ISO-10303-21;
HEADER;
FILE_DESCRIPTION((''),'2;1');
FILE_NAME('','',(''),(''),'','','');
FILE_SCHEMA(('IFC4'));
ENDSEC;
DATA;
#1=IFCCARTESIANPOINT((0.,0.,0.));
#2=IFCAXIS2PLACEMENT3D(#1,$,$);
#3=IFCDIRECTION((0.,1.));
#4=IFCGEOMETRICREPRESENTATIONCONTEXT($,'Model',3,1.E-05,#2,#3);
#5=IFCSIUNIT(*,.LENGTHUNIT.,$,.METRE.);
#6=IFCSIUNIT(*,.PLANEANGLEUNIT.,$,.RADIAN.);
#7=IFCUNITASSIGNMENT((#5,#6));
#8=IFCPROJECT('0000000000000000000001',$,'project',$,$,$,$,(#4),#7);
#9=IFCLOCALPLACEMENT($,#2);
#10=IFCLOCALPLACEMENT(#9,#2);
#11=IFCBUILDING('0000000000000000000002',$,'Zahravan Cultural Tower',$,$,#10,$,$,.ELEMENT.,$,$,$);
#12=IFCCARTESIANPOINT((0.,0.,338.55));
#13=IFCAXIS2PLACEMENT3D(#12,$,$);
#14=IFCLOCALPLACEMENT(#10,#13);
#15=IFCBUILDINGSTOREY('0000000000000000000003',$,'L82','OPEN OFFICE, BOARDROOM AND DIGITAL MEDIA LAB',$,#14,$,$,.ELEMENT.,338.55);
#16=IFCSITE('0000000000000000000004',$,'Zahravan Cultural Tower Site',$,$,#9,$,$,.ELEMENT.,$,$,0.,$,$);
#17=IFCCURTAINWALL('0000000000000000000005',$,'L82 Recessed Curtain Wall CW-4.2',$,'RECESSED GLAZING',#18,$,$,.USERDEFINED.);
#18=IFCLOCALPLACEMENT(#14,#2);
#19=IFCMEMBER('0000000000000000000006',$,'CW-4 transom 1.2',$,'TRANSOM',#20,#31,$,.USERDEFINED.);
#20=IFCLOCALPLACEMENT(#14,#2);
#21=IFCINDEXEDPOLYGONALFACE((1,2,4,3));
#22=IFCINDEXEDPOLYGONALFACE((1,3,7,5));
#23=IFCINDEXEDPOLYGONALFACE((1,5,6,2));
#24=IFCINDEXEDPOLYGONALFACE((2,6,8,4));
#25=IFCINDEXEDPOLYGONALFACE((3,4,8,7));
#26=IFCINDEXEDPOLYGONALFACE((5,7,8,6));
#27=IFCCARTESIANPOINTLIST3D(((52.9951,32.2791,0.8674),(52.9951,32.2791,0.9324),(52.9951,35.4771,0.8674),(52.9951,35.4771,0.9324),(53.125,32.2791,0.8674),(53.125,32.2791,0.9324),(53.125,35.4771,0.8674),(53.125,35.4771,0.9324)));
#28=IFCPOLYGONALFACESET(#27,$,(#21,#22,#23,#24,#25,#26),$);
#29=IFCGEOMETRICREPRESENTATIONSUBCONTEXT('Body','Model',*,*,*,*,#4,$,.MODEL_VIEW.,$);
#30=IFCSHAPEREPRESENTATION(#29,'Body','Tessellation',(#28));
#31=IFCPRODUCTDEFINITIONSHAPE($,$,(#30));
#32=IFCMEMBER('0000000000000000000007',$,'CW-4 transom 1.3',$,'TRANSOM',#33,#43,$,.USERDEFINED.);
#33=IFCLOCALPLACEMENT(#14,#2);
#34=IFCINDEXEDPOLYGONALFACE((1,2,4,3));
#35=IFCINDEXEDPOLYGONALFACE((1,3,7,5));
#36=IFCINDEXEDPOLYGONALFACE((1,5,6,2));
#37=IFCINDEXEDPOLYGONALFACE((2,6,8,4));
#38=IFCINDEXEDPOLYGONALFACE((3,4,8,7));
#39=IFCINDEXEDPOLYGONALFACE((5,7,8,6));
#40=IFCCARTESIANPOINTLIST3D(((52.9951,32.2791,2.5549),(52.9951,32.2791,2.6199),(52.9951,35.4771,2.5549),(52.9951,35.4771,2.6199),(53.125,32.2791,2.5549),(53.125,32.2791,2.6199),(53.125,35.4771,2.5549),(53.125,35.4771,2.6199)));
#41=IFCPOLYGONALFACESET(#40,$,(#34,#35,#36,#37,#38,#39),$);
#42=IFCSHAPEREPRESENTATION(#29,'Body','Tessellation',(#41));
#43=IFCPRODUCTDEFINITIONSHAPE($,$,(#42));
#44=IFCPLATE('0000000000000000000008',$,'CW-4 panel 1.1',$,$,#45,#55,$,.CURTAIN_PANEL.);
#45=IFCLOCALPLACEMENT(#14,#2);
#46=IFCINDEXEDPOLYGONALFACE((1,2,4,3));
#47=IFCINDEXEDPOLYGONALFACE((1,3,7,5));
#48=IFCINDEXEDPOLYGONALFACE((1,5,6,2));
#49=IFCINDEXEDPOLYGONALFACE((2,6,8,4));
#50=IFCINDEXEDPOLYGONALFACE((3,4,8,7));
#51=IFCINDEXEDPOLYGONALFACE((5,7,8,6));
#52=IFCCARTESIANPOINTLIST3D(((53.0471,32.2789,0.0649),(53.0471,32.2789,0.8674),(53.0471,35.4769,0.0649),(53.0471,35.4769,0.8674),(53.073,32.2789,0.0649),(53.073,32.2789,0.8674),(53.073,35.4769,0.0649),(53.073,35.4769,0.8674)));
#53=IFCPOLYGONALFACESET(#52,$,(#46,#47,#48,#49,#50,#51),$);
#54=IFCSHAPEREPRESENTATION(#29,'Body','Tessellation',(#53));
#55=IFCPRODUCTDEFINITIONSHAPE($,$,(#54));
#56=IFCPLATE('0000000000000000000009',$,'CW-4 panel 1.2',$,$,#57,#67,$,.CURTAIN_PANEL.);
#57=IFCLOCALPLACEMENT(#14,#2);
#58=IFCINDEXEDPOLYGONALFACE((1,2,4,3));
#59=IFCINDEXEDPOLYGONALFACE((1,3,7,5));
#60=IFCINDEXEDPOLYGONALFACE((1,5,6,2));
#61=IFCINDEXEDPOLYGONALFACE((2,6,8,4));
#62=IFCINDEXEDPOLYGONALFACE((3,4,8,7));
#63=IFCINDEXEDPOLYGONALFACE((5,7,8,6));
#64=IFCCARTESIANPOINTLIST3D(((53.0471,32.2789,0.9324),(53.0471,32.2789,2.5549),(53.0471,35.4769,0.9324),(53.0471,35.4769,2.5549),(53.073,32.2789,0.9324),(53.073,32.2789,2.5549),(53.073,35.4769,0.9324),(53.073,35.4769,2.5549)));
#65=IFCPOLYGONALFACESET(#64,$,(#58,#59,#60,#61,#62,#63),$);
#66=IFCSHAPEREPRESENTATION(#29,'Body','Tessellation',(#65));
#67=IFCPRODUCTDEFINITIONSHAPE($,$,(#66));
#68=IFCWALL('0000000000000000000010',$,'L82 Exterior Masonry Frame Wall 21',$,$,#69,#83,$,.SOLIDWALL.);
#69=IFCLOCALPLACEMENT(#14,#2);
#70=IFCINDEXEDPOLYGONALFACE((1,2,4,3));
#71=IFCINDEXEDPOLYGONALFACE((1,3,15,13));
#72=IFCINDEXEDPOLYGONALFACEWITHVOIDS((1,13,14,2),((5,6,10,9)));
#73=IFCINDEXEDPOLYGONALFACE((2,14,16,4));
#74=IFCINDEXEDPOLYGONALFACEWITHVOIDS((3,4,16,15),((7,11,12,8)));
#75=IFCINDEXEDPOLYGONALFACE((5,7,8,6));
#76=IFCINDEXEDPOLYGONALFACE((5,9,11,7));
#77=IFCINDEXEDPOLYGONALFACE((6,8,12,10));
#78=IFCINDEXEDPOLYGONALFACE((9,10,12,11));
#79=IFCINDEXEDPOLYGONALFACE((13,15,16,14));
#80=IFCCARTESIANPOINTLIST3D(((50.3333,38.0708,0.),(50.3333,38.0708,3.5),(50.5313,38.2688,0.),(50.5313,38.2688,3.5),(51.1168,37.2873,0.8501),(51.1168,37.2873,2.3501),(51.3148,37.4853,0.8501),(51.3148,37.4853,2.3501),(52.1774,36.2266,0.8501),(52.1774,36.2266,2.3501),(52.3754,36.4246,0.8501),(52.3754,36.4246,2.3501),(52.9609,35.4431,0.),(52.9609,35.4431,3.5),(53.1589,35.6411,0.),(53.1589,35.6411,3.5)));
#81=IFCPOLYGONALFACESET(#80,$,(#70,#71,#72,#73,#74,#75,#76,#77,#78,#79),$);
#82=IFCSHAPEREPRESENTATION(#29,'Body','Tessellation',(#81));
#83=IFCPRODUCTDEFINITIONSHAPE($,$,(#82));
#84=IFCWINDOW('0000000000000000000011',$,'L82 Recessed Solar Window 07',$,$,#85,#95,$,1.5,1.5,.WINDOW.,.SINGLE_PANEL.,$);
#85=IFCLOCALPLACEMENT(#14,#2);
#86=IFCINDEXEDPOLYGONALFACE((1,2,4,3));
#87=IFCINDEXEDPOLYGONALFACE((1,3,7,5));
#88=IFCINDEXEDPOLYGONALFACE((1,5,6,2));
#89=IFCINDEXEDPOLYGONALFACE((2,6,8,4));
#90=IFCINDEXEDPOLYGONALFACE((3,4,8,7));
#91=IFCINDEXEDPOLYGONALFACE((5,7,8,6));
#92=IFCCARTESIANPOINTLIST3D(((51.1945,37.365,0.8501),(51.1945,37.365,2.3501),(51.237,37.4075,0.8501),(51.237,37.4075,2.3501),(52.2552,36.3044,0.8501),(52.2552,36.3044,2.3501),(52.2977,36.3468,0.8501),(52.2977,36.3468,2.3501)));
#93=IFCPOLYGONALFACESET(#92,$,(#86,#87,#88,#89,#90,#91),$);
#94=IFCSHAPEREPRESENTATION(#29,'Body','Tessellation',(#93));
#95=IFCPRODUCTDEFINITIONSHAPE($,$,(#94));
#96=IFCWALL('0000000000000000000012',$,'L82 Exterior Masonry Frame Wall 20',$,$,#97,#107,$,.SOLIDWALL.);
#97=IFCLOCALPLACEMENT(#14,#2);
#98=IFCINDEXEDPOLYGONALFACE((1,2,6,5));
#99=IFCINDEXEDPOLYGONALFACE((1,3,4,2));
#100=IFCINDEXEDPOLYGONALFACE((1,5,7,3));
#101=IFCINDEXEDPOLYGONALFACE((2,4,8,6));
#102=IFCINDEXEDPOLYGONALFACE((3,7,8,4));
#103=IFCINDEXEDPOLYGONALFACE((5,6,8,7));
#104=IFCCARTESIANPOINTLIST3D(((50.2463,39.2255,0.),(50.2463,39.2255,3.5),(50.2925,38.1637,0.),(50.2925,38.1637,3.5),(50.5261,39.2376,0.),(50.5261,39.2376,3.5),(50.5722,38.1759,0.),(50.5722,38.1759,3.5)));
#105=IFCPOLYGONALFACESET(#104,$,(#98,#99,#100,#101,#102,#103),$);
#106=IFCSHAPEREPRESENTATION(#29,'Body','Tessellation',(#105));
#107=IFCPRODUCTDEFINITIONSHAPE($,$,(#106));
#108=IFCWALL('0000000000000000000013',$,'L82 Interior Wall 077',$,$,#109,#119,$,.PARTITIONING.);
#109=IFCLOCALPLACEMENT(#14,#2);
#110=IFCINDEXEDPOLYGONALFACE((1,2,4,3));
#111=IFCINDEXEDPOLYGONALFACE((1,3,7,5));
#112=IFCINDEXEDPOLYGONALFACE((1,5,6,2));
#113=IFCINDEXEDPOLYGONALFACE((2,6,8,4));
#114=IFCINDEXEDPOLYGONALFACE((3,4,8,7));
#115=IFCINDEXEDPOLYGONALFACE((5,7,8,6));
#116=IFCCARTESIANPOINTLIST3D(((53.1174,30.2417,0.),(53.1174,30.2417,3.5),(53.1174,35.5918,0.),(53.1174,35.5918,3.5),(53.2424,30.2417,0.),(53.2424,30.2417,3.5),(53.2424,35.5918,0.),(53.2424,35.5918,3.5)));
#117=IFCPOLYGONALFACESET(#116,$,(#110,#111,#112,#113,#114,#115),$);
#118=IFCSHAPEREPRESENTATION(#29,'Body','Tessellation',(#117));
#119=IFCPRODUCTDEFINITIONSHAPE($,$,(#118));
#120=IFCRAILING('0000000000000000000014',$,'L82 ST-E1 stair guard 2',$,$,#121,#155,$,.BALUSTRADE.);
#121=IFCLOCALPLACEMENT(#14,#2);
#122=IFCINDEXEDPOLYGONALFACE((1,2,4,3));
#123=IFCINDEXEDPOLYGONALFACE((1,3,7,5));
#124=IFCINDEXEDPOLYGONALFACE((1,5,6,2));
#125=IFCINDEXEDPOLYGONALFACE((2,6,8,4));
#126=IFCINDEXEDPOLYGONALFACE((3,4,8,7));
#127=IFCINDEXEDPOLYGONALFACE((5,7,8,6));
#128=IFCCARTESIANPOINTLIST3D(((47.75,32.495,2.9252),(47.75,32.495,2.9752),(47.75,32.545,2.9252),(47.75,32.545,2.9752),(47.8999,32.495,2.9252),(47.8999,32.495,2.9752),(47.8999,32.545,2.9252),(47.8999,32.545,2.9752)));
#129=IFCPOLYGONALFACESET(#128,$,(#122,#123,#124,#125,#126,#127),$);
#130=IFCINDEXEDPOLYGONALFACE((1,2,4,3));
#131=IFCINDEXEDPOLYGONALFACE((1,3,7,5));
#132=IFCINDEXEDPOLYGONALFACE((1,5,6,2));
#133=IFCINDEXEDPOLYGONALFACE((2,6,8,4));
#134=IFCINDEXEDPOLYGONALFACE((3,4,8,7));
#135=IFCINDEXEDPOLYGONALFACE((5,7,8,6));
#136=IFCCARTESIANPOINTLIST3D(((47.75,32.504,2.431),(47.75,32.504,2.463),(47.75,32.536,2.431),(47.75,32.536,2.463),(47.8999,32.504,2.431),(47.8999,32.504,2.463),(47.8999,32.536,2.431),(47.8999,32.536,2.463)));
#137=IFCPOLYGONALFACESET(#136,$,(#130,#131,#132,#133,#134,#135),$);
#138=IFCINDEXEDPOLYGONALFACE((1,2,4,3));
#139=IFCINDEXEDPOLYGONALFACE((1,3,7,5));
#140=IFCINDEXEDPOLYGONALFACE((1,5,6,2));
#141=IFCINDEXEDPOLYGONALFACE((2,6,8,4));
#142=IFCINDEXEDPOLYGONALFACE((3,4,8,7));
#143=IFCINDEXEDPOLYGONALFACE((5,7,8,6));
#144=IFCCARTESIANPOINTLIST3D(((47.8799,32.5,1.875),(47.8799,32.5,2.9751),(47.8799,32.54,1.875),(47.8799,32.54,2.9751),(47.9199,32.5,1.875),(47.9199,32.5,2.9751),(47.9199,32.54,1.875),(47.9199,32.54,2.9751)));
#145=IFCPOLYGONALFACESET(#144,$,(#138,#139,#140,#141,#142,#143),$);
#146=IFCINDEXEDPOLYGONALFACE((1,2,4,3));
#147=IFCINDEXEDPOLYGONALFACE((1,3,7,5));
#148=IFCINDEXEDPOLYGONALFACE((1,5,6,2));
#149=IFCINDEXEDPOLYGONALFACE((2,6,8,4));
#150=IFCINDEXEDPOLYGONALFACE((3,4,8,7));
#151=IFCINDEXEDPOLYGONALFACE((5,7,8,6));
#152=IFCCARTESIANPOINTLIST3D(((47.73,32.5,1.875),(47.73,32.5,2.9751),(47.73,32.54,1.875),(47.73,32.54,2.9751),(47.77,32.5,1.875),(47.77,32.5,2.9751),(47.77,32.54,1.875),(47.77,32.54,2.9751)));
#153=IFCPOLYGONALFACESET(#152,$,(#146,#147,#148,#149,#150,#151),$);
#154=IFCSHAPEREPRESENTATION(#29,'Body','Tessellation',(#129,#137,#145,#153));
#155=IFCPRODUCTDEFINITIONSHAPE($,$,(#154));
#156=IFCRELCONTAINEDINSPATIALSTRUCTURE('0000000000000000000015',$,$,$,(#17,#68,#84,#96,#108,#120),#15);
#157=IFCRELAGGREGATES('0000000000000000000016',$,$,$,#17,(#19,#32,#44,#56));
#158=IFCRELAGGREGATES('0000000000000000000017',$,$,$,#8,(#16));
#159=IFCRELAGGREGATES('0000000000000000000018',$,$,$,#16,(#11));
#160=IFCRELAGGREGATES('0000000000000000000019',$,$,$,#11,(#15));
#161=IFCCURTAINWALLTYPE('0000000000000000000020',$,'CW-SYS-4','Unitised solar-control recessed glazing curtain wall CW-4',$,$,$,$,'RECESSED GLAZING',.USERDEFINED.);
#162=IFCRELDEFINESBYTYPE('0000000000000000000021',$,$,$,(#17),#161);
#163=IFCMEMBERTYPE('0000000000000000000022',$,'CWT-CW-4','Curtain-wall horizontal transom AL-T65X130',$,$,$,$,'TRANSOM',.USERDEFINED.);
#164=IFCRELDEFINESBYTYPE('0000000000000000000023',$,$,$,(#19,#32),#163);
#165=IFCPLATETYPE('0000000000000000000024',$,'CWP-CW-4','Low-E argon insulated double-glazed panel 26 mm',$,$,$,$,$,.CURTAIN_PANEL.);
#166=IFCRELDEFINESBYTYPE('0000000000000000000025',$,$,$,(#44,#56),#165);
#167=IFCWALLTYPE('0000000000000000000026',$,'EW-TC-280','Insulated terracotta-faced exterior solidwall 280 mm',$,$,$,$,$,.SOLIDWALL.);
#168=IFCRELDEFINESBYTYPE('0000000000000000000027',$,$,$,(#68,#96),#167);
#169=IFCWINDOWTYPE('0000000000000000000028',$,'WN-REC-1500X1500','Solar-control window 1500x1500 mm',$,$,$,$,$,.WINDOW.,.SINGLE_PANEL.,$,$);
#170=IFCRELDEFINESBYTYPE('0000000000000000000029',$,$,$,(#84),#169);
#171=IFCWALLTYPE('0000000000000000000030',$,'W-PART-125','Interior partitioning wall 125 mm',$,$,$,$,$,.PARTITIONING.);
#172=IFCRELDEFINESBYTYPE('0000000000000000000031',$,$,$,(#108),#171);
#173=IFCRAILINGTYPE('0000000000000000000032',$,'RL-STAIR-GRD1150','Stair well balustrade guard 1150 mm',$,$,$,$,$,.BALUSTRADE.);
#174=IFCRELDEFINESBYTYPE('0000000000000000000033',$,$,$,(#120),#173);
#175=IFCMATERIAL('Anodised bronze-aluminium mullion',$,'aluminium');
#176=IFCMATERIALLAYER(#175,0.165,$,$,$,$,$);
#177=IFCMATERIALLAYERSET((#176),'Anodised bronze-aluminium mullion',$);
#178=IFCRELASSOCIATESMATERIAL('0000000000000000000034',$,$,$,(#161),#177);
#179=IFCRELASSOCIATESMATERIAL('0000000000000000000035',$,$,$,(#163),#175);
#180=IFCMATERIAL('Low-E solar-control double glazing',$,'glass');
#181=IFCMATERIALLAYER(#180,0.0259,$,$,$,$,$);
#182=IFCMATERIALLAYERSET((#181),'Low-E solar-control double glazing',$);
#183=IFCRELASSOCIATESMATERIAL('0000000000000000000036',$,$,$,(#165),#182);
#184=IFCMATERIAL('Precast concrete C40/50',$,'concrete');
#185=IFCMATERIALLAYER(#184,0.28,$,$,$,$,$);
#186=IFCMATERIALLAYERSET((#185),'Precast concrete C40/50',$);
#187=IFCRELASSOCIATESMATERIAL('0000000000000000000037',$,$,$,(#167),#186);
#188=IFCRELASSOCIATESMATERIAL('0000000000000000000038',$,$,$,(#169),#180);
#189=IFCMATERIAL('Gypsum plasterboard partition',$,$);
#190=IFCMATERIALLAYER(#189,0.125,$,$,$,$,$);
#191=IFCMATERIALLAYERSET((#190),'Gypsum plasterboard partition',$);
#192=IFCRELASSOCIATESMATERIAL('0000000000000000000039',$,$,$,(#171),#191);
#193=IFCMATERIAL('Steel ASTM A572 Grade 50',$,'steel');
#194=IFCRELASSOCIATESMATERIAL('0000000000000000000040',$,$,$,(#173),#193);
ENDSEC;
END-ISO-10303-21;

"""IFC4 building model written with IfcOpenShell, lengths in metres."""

from ifc_helpers import new_model, si_unit, direction, frame, frame_2d, origin, origin_2d, place, context, subcontext, project, spatial, rectangle, extrude, source, transform, mapped, material, layer, layer_set, material_profile, profile_set, type_object, element, fill, aggregate, save


model = new_model("IFC4")

# Units and contexts
model_context = context("Model", 3, precision=1e-05, world=origin(), true_north=direction((0.0, 1.0)))
body_context = subcontext(model_context, "Body", "Model", "MODEL_VIEW")
ifc_project = project(units=[si_unit("LENGTHUNIT", "METRE"), si_unit("PLANEANGLEUNIT", "RADIAN")], contexts=[model_context])

# Site, building, storey
site_placement = place(None, origin())
site = spatial("IfcSite", under=ifc_project, at=site_placement, Name="Zahravan Cultural Tower Site", CompositionType="ELEMENT", RefElevation=0.0)
building_placement = place(site_placement, origin())
building = spatial("IfcBuilding", under=site, at=building_placement, Name="Zahravan Cultural Tower", CompositionType="ELEMENT")
storey_placement = place(building_placement, frame((0.0, 0.0, 338.55)))
storey = spatial("IfcBuildingStorey", under=building, at=storey_placement, Name="L82", Description="OPEN OFFICE, BOARDROOM AND DIGITAL MEDIA LAB", CompositionType="ELEMENT", Elevation=338.55)

# Curtain wall, members, plates
ifc_material_1 = material(Name="Anodised bronze-aluminium mullion", Category="aluminium")
ifc_layer_1 = layer(ifc_material_1, 0.165)
ifc_layer_set_1 = layer_set([ifc_layer_1], Name="Anodised bronze-aluminium mullion")
curtain_wall_type = type_object("IfcCurtainWallType", Name="CW-SYS-4", Description="Unitised solar-control recessed glazing curtain wall CW-4", ElementType="RECESSED GLAZING", PredefinedType="USERDEFINED", material=ifc_layer_set_1)
curtain_wall_placement = place(storey_placement, origin())
curtain_wall = element("IfcCurtainWall", 1, at=curtain_wall_placement, inside=storey, type_object=curtain_wall_type, Name="L82 Recessed Curtain Wall CW-4.2", ObjectType="RECESSED GLAZING", PredefinedType="USERDEFINED")
ifc_material_profile_1 = material_profile(ifc_material_1, rectangle(XDim=0.1299, YDim=0.0649, at=origin_2d()), Name="AL-T65X130")
ifc_profile_set_1 = profile_set([ifc_material_profile_1], Name="Anodised bronze-aluminium mullion")
member_type_1 = type_object("IfcMemberType", Name="CWT-CW-4", Description="Curtain-wall horizontal transom AL-T65X130", ElementType="TRANSOM", PredefinedType="USERDEFINED", material=ifc_profile_set_1)
shared_shape_1 = source(origin(), body_context, "Body", "SweptSolid", [
    extrude(rectangle(XDim=0.1299, YDim=0.0649, at=origin_2d()), origin(), (0.0, 0.0, 1.0), 3.198),
])
member_1_placement = place(storey_placement, frame((53.0601, 35.4771, 0.8999), z_axis=(0.0, -1.0, 0.0), x_axis=(1.0, 0.0, 0.0)))
member_1 = element("IfcMember", 2, at=member_1_placement, type_object=member_type_1, Name="CW-4 transom 1.2", ObjectType="TRANSOM", PredefinedType="USERDEFINED", context=body_context, shape_type="MappedRepresentation", body=[
    mapped(shared_shape_1, transform((0.0, 0.0, 0.0), x_axis=(1.0, 0.0, 0.0), y_axis=(0.0, 1.0, 0.0), z_axis=(0.0, 0.0, 1.0), scale=1.0)),
])
member_2_placement = place(storey_placement, frame((53.0601, 35.4771, 2.5874), z_axis=(0.0, -1.0, 0.0), x_axis=(1.0, 0.0, 0.0)))
member_2 = element("IfcMember", 3, at=member_2_placement, type_object=member_type_1, Name="CW-4 transom 1.3", ObjectType="TRANSOM", PredefinedType="USERDEFINED", context=body_context, shape_type="MappedRepresentation", body=[
    mapped(shared_shape_1, transform((0.0, 0.0, 0.0), x_axis=(1.0, 0.0, 0.0), y_axis=(0.0, 1.0, 0.0), z_axis=(0.0, 0.0, 1.0), scale=1.0)),
])
ifc_material_2 = material(Name="Low-E solar-control double glazing", Category="glass")
ifc_layer_2 = layer(ifc_material_2, 0.0259)
ifc_layer_set_2 = layer_set([ifc_layer_2], Name="Low-E solar-control double glazing")
plate_type = type_object("IfcPlateType", Name="CWP-CW-4", Description="Low-E argon insulated double-glazed panel 26 mm", PredefinedType="CURTAIN_PANEL", material=ifc_layer_set_2)
shared_shape_2 = source(origin(), body_context, "Body", "SweptSolid", [
    extrude(rectangle(XDim=3.198, YDim=0.0259, at=origin_2d()), origin(), (0.0, 0.0, 1.0), 0.8025),
])
plate_1_placement = place(storey_placement, frame((53.0601, 33.8779, 0.0649), z_axis=(0.0, 0.0, 1.0), x_axis=(0.0, -1.0, 0.0)))
plate_1 = element("IfcPlate", 4, at=plate_1_placement, type_object=plate_type, Name="CW-4 panel 1.1", PredefinedType="CURTAIN_PANEL", context=body_context, shape_type="MappedRepresentation", body=[
    mapped(shared_shape_2, transform((0.0, 0.0, 0.0), x_axis=(1.0, 0.0, 0.0), y_axis=(0.0, 1.0, 0.0), z_axis=(0.0, 0.0, 1.0), scale=1.0)),
])
shared_shape_3 = source(origin(), body_context, "Body", "SweptSolid", [
    extrude(rectangle(XDim=3.198, YDim=0.0259, at=origin_2d()), origin(), (0.0, 0.0, 1.0), 1.6226),
])
plate_2_placement = place(storey_placement, frame((53.0601, 33.8779, 0.9324), z_axis=(0.0, 0.0, 1.0), x_axis=(0.0, -1.0, 0.0)))
plate_2 = element("IfcPlate", 5, at=plate_2_placement, type_object=plate_type, Name="CW-4 panel 1.2", PredefinedType="CURTAIN_PANEL", context=body_context, shape_type="MappedRepresentation", body=[
    mapped(shared_shape_3, transform((0.0, 0.0, 0.0), x_axis=(1.0, 0.0, 0.0), y_axis=(0.0, 1.0, 0.0), z_axis=(0.0, 0.0, 1.0), scale=1.0)),
])
aggregate(curtain_wall, [member_1, member_2, plate_1, plate_2])

# Wall, opening, window
ifc_material_3 = material(Name="Precast concrete C40/50", Category="concrete")
ifc_layer_3 = layer(ifc_material_3, 0.28)
ifc_layer_set_3 = layer_set([ifc_layer_3], Name="Precast concrete C40/50")
wall_type_1 = type_object("IfcWallType", Name="EW-TC-280", Description="Insulated terracotta-faced exterior solidwall 280 mm", PredefinedType="SOLIDWALL", material=ifc_layer_set_3)
wall_1_placement = place(storey_placement, frame((50.4324, 38.1697, 0.0), z_axis=(0.0, 0.0, 1.0), x_axis=(0.707107, -0.707107, 0.0)))
wall_1 = element("IfcWall", 6, at=wall_1_placement, inside=storey, type_object=wall_type_1, Name="L82 Exterior Masonry Frame Wall 21", PredefinedType="SOLIDWALL", context=body_context, shape_type="SweptSolid", body=[
    extrude(rectangle(XDim=3.7161, YDim=0.28, at=frame_2d((1.8579, 0.0))), origin(), (0.0, 0.0, 1.0), 3.5),
])
opening_placement = place(wall_1_placement, frame((1.1079, 0.0, 0.8501)))
opening = element("IfcOpeningElement", 7, at=opening_placement, cuts=wall_1, PredefinedType="OPENING", context=body_context, shape_type="SweptSolid", body=[
    extrude(rectangle(XDim=1.5, YDim=1.5, at=frame_2d((0.75, 0.75))), frame((0.0, 0.1499, 0.0), z_axis=(0.0, -1.0, 0.0), x_axis=(1.0, 0.0, 0.0)), (0.0, 0.0, 1.0), 0.3),
])
window_type = type_object("IfcWindowType", Name="WN-REC-1500X1500", Description="Solar-control window 1500x1500 mm", PartitioningType="SINGLE_PANEL", PredefinedType="WINDOW", material=ifc_material_2)
shared_shape_4 = source(origin(), body_context, "Body", "SweptSolid", [
    extrude(rectangle(XDim=1.5, YDim=1.5, at=frame_2d((0.75, 0.75))), frame((0.0, 0.03, 0.0), z_axis=(0.0, -1.0, 0.0), x_axis=(1.0, 0.0, 0.0)), (0.0, 0.0, 1.0), 0.0601),
])
window_placement = place(opening_placement, origin())
window = element("IfcWindow", 8, at=window_placement, inside=storey, type_object=window_type, Name="L82 Recessed Solar Window 07", OverallHeight=1.5, OverallWidth=1.5, PartitioningType="SINGLE_PANEL", PredefinedType="WINDOW", context=body_context, shape_type="MappedRepresentation", body=[
    mapped(shared_shape_4, transform((0.0, 0.0, 0.0), x_axis=(1.0, 0.0, 0.0), y_axis=(0.0, 1.0, 0.0), z_axis=(0.0, 0.0, 1.0), scale=1.0)),
])
fill(opening, window)

# Walls
shared_shape_5 = source(origin(), body_context, "Body", "SweptSolid", [
    extrude(rectangle(XDim=1.0627, YDim=0.28, at=frame_2d((0.5312, 0.0))), origin(), (0.0, 0.0, 1.0), 3.5),
])
wall_2_placement = place(storey_placement, frame((50.3862, 39.2314, 0.0), z_axis=(0.0, 0.0, 1.0), x_axis=(0.043417, -0.999057, 0.0)))
element("IfcWall", 9, at=wall_2_placement, inside=storey, type_object=wall_type_1, Name="L82 Exterior Masonry Frame Wall 20", PredefinedType="SOLIDWALL", context=body_context, shape_type="MappedRepresentation", body=[
    mapped(shared_shape_5, transform((0.0, 0.0, 0.0), x_axis=(1.0, 0.0, 0.0), y_axis=(0.0, 1.0, 0.0), z_axis=(0.0, 0.0, 1.0), scale=1.0)),
])
ifc_material_4 = material(Name="Gypsum plasterboard partition")
ifc_layer_4 = layer(ifc_material_4, 0.125)
ifc_layer_set_4 = layer_set([ifc_layer_4], Name="Gypsum plasterboard partition")
wall_type_2 = type_object("IfcWallType", Name="W-PART-125", Description="Interior partitioning wall 125 mm", PredefinedType="PARTITIONING", material=ifc_layer_set_4)
shared_shape_6 = source(origin(), body_context, "Body", "SweptSolid", [
    extrude(rectangle(XDim=5.3501, YDim=0.125, at=frame_2d((2.675, 0.0))), origin(), (0.0, 0.0, 1.0), 3.5),
])
wall_3_placement = place(storey_placement, frame((53.1799, 35.5918, 0.0), z_axis=(0.0, 0.0, 1.0), x_axis=(0.0, -1.0, 0.0)))
element("IfcWall", 10, at=wall_3_placement, inside=storey, type_object=wall_type_2, Name="L82 Interior Wall 077", PredefinedType="PARTITIONING", context=body_context, shape_type="MappedRepresentation", body=[
    mapped(shared_shape_6, transform((0.0, 0.0, 0.0), x_axis=(1.0, 0.0, 0.0), y_axis=(0.0, 1.0, 0.0), z_axis=(0.0, 0.0, 1.0), scale=1.0)),
])

# Railing
ifc_material_5 = material(Name="Steel ASTM A572 Grade 50", Category="steel")
railing_type = type_object("IfcRailingType", Name="RL-STAIR-GRD1150", Description="Stair well balustrade guard 1150 mm", PredefinedType="BALUSTRADE", material=ifc_material_5)
railing_1_placement = place(storey_placement, frame((47.8999, 32.52, 1.875)))
element("IfcRailing", 11, at=railing_1_placement, inside=storey, type_object=railing_type, Name="L82 ST-E1 stair guard 2", PredefinedType="BALUSTRADE", context=body_context, shape_type="SweptSolid", body=[
    extrude(rectangle(XDim=0.05, YDim=0.05, at=origin_2d()), frame((0.0, 0.0, 1.0752), z_axis=(-1.0, 0.0, 0.0), x_axis=(0.0, -1.0, 0.0)), (0.0, 0.0, 1.0), 0.1499),
    extrude(rectangle(XDim=0.032, YDim=0.032, at=origin_2d()), frame((0.0, 0.0, 0.572), z_axis=(-1.0, 0.0, 0.0), x_axis=(0.0, -1.0, 0.0)), (0.0, 0.0, 1.0), 0.1499),
    extrude(rectangle(XDim=0.04, YDim=0.04, at=origin_2d()), origin(), (0.0, 0.0, 1.0), 1.1001),
    extrude(rectangle(XDim=0.04, YDim=0.04, at=origin_2d()), frame((-0.1499, 0.0, 0.0)), (0.0, 0.0, 1.0), 1.1001),
])

save(model, "model.ifc")
